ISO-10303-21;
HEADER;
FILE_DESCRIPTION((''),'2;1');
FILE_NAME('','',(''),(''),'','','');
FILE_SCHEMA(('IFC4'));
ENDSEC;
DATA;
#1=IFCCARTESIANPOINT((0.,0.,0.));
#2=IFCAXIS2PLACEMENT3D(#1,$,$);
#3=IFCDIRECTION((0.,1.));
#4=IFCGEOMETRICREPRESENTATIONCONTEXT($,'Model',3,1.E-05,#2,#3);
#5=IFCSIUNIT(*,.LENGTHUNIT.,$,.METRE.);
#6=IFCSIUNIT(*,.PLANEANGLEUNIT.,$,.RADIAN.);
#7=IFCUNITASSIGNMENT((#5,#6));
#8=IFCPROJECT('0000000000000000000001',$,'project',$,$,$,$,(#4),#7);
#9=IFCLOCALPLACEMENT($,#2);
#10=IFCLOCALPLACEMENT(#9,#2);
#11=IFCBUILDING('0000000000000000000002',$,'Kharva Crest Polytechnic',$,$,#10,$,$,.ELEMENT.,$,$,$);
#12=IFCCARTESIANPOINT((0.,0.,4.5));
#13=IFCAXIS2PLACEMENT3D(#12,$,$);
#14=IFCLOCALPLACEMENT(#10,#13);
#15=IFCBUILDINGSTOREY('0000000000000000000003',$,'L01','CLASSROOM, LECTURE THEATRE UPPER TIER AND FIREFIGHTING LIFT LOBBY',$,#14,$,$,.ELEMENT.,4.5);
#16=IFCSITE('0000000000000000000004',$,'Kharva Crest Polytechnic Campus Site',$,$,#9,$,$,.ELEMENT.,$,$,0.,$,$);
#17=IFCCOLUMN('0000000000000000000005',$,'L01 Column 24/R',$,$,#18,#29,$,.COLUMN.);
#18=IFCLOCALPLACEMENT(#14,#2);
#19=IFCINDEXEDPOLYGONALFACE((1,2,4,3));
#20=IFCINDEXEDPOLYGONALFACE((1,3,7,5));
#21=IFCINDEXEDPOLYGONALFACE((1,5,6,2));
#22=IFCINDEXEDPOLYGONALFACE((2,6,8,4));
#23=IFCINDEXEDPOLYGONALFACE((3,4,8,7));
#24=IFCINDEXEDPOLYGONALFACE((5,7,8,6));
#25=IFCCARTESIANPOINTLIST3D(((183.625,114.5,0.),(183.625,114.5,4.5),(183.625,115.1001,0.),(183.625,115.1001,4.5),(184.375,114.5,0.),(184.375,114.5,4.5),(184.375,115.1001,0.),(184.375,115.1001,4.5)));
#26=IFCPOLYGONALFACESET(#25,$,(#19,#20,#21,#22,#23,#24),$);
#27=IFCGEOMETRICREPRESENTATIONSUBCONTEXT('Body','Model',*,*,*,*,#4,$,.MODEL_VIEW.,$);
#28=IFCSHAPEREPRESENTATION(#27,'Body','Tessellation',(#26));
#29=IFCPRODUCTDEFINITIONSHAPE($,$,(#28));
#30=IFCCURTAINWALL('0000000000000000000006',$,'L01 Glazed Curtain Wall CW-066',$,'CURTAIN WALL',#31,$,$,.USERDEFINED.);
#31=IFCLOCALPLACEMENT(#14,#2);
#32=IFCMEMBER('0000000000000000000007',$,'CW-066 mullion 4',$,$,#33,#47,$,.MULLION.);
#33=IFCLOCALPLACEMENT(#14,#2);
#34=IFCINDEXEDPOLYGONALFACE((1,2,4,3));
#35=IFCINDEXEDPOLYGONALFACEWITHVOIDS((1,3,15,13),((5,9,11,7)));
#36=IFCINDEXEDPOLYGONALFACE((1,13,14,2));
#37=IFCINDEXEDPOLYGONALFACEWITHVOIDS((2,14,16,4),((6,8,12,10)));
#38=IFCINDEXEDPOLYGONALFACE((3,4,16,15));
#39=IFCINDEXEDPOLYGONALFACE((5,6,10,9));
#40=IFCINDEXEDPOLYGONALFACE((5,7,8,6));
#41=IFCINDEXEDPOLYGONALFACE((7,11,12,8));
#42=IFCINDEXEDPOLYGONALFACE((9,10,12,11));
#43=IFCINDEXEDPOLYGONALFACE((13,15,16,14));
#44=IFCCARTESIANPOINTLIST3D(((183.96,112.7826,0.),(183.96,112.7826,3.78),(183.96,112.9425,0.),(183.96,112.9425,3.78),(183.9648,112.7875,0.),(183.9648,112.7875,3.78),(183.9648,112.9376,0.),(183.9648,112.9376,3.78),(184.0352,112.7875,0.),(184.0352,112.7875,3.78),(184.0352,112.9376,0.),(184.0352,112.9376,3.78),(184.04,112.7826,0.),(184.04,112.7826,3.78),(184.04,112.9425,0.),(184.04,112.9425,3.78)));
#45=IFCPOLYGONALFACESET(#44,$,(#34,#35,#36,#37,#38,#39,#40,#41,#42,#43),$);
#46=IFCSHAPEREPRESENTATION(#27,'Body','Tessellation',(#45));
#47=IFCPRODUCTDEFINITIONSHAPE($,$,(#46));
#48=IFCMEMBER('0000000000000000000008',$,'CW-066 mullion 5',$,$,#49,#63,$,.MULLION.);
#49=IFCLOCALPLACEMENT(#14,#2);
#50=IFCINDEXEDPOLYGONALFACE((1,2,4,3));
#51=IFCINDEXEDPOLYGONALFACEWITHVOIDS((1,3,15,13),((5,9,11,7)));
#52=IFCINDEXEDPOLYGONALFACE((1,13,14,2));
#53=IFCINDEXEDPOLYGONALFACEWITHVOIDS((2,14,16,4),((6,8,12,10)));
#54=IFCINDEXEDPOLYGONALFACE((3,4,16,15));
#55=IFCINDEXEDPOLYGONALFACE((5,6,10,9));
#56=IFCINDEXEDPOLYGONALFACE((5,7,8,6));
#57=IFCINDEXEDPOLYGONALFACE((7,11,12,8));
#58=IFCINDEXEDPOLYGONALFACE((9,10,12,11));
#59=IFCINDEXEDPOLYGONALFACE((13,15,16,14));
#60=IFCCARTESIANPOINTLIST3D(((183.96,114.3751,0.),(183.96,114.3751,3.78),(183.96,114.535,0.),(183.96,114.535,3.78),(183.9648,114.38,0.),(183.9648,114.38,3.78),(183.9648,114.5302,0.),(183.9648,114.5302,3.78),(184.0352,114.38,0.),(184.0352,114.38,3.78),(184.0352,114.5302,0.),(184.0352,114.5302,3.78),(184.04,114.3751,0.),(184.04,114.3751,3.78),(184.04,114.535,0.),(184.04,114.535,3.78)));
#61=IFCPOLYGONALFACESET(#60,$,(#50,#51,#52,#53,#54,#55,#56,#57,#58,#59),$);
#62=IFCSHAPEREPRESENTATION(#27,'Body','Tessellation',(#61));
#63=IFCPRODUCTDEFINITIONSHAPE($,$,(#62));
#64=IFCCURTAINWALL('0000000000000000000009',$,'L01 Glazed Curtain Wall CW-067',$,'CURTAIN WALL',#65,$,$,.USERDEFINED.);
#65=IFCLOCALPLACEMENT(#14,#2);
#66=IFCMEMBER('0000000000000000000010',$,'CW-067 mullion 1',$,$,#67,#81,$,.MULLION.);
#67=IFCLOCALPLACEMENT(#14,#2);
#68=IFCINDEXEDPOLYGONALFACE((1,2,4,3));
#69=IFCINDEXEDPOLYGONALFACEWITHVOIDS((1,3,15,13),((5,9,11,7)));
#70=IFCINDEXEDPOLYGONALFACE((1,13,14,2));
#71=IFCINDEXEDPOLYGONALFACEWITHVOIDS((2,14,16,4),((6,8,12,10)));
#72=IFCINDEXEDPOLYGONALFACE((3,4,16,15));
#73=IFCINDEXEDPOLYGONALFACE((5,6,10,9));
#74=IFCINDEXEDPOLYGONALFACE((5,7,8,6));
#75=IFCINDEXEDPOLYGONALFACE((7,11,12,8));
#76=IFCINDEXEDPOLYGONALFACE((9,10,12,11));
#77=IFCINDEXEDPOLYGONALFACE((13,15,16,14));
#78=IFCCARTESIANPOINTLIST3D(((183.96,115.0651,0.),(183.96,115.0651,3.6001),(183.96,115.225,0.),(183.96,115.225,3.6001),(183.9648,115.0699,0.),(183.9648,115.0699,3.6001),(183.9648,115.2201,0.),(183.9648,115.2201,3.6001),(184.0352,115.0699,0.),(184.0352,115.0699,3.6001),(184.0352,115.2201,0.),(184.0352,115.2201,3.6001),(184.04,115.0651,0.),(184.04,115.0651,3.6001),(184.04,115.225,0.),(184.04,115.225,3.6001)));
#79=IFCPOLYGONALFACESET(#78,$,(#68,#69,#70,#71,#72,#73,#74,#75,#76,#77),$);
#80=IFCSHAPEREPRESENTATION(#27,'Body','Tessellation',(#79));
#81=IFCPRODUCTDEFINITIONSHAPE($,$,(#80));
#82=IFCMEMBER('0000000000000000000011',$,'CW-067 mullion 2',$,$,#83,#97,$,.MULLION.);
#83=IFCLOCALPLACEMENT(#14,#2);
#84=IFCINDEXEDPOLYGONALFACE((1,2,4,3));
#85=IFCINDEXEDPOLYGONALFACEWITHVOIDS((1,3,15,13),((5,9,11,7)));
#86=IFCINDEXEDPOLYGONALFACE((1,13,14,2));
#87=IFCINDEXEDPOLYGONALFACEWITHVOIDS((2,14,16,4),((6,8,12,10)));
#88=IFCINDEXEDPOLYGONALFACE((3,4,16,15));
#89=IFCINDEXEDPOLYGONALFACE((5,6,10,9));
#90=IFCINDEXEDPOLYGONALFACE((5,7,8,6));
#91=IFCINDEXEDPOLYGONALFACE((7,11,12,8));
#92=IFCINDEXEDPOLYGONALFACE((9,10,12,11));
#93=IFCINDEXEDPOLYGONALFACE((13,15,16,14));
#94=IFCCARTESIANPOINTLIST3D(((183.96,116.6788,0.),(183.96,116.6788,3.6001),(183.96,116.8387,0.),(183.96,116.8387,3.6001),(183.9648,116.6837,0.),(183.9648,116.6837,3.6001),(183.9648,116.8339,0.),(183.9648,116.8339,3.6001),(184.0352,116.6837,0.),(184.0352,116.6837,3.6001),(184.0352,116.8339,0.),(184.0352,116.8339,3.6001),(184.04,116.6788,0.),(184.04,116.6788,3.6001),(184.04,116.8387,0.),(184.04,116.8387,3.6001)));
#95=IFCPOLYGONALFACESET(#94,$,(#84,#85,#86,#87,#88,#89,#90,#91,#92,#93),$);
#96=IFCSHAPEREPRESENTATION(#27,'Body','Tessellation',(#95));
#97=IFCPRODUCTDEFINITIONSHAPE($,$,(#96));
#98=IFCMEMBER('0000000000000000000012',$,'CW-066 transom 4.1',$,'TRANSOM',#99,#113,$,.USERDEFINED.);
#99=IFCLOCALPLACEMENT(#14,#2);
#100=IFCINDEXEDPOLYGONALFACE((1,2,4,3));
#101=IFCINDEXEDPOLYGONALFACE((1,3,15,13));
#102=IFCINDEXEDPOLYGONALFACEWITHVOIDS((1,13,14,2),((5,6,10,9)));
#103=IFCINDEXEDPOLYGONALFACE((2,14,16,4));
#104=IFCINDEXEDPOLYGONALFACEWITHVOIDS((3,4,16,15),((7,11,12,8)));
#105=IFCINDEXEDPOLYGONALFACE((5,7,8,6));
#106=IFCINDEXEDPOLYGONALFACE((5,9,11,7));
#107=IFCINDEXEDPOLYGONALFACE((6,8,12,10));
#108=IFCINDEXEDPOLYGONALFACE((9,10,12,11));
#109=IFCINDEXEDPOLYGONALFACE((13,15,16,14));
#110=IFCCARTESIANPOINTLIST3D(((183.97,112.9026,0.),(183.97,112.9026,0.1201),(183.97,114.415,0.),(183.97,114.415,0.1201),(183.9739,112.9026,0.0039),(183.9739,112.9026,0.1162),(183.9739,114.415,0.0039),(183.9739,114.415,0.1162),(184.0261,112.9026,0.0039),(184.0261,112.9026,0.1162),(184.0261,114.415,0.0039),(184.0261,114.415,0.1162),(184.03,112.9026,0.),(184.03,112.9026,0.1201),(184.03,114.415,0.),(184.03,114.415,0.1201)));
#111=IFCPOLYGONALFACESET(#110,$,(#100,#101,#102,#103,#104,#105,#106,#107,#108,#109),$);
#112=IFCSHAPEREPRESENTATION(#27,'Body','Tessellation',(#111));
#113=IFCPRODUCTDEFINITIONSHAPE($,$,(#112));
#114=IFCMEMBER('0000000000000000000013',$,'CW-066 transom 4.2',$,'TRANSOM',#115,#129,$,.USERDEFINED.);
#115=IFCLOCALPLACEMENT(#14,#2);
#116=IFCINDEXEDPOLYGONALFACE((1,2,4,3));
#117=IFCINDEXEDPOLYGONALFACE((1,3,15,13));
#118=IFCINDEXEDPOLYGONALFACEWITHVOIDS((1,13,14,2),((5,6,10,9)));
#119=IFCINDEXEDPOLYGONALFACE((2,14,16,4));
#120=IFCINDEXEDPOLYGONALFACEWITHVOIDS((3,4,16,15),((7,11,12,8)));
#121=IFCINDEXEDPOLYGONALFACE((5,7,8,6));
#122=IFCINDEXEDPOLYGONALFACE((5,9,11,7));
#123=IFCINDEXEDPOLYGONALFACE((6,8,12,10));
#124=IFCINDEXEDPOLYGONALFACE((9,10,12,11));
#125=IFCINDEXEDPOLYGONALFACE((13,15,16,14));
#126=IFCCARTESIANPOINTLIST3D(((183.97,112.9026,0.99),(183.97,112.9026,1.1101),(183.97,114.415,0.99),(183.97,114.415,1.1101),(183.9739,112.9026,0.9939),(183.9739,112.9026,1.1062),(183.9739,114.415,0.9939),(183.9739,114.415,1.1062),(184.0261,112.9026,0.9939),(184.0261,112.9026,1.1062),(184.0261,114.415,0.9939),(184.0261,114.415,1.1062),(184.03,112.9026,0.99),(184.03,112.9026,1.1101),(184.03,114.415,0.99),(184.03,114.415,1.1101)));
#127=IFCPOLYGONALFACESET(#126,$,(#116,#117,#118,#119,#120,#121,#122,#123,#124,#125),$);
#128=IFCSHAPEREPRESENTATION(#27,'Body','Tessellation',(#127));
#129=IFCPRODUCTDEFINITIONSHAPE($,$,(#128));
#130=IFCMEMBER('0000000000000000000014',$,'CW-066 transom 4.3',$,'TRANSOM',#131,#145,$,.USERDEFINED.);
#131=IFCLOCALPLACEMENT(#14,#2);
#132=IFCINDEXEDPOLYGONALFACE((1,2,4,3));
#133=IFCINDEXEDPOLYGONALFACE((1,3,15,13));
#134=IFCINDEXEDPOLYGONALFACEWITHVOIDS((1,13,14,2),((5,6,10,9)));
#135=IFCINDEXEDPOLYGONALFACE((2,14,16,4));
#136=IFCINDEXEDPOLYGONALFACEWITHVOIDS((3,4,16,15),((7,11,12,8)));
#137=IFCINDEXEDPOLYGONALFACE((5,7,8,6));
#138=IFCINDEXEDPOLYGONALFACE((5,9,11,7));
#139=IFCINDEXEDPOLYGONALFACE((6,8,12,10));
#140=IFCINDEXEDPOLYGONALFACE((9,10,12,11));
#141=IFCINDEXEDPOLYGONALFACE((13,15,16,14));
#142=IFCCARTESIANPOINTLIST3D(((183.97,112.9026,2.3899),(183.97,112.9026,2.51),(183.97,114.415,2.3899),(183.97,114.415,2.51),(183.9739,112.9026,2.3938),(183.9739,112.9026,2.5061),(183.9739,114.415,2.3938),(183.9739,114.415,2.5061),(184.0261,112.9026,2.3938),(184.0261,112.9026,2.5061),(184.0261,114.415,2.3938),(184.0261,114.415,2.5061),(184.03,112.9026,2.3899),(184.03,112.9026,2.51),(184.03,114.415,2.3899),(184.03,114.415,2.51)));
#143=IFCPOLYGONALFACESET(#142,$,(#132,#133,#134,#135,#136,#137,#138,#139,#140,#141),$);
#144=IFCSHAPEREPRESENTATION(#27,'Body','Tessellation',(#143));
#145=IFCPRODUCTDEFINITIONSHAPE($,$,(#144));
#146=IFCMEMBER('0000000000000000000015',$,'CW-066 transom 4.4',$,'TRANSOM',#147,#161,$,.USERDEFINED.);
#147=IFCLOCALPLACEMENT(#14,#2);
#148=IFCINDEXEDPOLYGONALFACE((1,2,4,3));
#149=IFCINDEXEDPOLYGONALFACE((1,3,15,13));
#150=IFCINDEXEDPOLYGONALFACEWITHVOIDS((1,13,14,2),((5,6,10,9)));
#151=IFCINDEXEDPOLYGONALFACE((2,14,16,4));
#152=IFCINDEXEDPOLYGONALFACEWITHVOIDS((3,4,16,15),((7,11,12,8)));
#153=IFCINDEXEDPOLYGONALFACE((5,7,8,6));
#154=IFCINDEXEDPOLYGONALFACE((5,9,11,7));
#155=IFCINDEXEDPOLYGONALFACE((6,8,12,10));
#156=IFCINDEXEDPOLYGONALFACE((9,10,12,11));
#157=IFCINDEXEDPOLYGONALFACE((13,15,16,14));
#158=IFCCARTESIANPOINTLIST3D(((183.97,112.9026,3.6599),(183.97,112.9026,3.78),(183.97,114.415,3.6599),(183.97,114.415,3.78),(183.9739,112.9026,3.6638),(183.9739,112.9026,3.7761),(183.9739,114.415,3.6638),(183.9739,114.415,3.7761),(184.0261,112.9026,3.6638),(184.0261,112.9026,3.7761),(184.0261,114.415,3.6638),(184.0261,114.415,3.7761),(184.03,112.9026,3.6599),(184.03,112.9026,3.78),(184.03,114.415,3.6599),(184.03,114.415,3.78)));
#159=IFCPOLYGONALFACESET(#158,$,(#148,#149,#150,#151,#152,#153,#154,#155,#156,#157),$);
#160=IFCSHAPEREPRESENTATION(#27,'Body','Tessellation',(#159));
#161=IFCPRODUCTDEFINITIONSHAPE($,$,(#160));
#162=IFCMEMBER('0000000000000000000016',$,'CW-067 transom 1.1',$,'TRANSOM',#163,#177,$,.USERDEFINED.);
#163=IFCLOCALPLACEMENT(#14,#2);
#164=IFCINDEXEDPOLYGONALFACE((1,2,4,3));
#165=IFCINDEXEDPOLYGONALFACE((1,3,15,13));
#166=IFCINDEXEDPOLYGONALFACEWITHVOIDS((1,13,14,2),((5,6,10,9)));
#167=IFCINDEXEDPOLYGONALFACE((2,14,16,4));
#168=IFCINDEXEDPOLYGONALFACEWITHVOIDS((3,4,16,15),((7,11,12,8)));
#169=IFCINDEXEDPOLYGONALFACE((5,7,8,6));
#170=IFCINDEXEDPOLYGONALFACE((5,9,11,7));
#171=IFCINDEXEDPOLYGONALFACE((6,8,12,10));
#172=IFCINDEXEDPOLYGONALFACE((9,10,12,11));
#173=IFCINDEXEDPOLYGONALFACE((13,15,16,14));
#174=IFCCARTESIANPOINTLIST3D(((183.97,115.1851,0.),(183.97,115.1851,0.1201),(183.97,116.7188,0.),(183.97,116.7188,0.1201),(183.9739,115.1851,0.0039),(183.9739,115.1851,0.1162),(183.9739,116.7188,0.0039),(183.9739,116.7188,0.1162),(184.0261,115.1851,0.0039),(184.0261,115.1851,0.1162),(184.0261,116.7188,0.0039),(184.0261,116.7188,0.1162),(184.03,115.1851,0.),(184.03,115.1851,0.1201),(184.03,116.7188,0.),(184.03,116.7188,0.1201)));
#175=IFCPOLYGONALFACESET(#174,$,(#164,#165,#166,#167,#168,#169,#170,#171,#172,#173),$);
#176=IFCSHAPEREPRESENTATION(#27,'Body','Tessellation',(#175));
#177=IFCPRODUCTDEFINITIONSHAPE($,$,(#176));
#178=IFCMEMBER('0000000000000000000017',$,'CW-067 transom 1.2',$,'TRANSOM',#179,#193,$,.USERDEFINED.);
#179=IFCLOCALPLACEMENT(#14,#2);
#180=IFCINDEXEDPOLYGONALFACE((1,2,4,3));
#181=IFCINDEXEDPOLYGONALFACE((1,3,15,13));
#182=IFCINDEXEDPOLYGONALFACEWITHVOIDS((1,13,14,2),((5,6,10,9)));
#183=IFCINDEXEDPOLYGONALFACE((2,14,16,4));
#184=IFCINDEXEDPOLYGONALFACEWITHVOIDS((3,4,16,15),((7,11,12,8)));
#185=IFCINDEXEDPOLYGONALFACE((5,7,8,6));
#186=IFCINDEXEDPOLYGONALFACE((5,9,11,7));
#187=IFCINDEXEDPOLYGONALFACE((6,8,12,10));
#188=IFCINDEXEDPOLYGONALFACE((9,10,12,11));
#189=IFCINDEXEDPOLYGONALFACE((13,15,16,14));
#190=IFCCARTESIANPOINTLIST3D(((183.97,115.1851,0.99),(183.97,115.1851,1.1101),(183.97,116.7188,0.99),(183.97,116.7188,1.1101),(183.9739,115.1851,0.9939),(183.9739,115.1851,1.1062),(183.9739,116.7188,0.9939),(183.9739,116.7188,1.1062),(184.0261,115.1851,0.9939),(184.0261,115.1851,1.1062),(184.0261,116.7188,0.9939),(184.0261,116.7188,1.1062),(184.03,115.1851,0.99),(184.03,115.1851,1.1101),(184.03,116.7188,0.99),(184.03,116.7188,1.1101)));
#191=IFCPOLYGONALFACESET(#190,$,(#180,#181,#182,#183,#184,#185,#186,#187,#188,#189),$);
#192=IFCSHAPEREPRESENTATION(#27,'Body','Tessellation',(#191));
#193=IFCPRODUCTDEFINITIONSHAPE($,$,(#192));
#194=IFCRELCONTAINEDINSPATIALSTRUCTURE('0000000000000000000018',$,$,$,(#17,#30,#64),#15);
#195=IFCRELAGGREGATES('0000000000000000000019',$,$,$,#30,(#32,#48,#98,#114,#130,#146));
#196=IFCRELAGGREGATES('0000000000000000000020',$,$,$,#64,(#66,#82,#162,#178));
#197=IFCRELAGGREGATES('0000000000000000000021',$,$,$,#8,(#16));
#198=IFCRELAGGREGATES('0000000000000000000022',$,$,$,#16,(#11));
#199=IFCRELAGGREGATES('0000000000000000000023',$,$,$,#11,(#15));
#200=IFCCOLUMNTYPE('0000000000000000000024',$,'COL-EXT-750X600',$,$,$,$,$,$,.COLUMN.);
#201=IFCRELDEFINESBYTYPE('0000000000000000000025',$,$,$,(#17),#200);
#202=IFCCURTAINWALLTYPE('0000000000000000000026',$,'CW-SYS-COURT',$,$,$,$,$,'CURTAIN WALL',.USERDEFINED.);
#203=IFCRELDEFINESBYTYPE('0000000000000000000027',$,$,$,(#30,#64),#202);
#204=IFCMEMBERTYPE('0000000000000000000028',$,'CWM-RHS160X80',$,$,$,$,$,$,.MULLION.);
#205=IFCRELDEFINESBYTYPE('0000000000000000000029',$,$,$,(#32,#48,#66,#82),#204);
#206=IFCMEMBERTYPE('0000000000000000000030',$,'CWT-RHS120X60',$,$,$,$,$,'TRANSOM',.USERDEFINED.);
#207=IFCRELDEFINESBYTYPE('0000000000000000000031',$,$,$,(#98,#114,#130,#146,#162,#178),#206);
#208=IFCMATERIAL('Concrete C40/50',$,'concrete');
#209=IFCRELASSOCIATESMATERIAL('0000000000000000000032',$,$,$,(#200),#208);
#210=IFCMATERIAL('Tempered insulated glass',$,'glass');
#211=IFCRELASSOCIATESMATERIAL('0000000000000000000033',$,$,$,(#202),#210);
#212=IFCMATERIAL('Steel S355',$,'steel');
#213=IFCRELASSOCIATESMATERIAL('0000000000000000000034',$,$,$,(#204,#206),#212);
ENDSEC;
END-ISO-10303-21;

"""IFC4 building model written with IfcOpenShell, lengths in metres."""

from ifc_helpers import new_model, si_unit, direction, frame, origin, origin_2d, place, context, subcontext, project, spatial, rectangle, hollow_rectangle, extrude, material, material_profile, profile_set, type_object, element, aggregate, save


model = new_model("IFC4")

# Units and contexts
model_context = context("Model", 3, precision=1e-05, world=origin(), true_north=direction((0.0, 1.0)))
body_context = subcontext(model_context, "Body", "Model", "MODEL_VIEW")
ifc_project = project(units=[si_unit("LENGTHUNIT", "METRE"), si_unit("PLANEANGLEUNIT", "RADIAN")], contexts=[model_context])

# Site, building, storey
site_placement = place(None, origin())
site = spatial("IfcSite", under=ifc_project, at=site_placement, Name="Kharva Crest Polytechnic Campus Site", CompositionType="ELEMENT", RefElevation=0.0)
building_placement = place(site_placement, origin())
building = spatial("IfcBuilding", under=site, at=building_placement, Name="Kharva Crest Polytechnic", CompositionType="ELEMENT")
storey_placement = place(building_placement, frame((0.0, 0.0, 4.5)))
storey = spatial("IfcBuildingStorey", under=building, at=storey_placement, Name="L01", Description="CLASSROOM, LECTURE THEATRE UPPER TIER AND FIREFIGHTING LIFT LOBBY", CompositionType="ELEMENT", Elevation=4.5)

# Column
ifc_material_1 = material(Name="Concrete C40/50", Category="concrete")
ifc_material_profile_1 = material_profile(ifc_material_1, rectangle(XDim=0.75, YDim=0.6001, at=origin_2d()), Name="RECT 750 X 600")
ifc_profile_set_1 = profile_set([ifc_material_profile_1], Name="Concrete C40/50")
column_type = type_object("IfcColumnType", Name="COL-EXT-750X600", PredefinedType="COLUMN", material=ifc_profile_set_1)
column_placement = place(storey_placement, frame((184.0, 114.8, 0.0), z_axis=(0.0, 0.0, 1.0), x_axis=(1.0, 0.0, 0.0)))
element("IfcColumn", 1, at=column_placement, inside=storey, type_object=column_type, Name="L01 Column 24/R", PredefinedType="COLUMN", context=body_context, shape_type="SweptSolid", body=[
    extrude(rectangle(XDim=0.75, YDim=0.6001, at=origin_2d()), origin(), (0.0, 0.0, 1.0), 4.5),
])

# Curtain walls, members
ifc_material_2 = material(Name="Tempered insulated glass", Category="glass")
curtain_wall_type = type_object("IfcCurtainWallType", Name="CW-SYS-COURT", ElementType="CURTAIN WALL", PredefinedType="USERDEFINED", material=ifc_material_2)
curtain_wall_1_placement = place(storey_placement, origin())
curtain_wall_1 = element("IfcCurtainWall", 2, at=curtain_wall_1_placement, inside=storey, type_object=curtain_wall_type, Name="L01 Glazed Curtain Wall CW-066", ObjectType="CURTAIN WALL", PredefinedType="USERDEFINED")
ifc_material_3 = material(Name="Steel S355", Category="steel")
ifc_material_profile_2 = material_profile(ifc_material_3, hollow_rectangle(XDim=0.0801, YDim=0.1599, WallThickness=0.0049, at=origin_2d()), Name="RHS 160X80X5.0")
ifc_profile_set_2 = profile_set([ifc_material_profile_2], Name="Steel S355")
member_type_1 = type_object("IfcMemberType", Name="CWM-RHS160X80", PredefinedType="MULLION", material=ifc_profile_set_2)
member_1_placement = place(storey_placement, frame((184.0, 112.8625, 0.0), z_axis=(0.0, 0.0, 1.0), x_axis=(-1.0, 0.0, 0.0)))
member_1 = element("IfcMember", 3, at=member_1_placement, type_object=member_type_1, Name="CW-066 mullion 4", PredefinedType="MULLION", context=body_context, shape_type="SweptSolid", body=[
    extrude(hollow_rectangle(XDim=0.0801, YDim=0.1599, WallThickness=0.0049, at=origin_2d()), origin(), (0.0, 0.0, 1.0), 3.78),
])
member_2_placement = place(storey_placement, frame((184.0, 114.4551, 0.0), z_axis=(0.0, 0.0, 1.0), x_axis=(-1.0, 0.0, 0.0)))
member_2 = element("IfcMember", 4, at=member_2_placement, type_object=member_type_1, Name="CW-066 mullion 5", PredefinedType="MULLION", context=body_context, shape_type="SweptSolid", body=[
    extrude(hollow_rectangle(XDim=0.0801, YDim=0.1599, WallThickness=0.0049, at=origin_2d()), origin(), (0.0, 0.0, 1.0), 3.78),
])
curtain_wall_2_placement = place(storey_placement, origin())
curtain_wall_2 = element("IfcCurtainWall", 5, at=curtain_wall_2_placement, inside=storey, type_object=curtain_wall_type, Name="L01 Glazed Curtain Wall CW-067", ObjectType="CURTAIN WALL", PredefinedType="USERDEFINED")
member_3_placement = place(storey_placement, frame((184.0, 115.145, 0.0), z_axis=(0.0, 0.0, 1.0), x_axis=(-1.0, 0.0, 0.0)))
member_3 = element("IfcMember", 6, at=member_3_placement, type_object=member_type_1, Name="CW-067 mullion 1", PredefinedType="MULLION", context=body_context, shape_type="SweptSolid", body=[
    extrude(hollow_rectangle(XDim=0.0801, YDim=0.1599, WallThickness=0.0049, at=origin_2d()), origin(), (0.0, 0.0, 1.0), 3.6001),
])
member_4_placement = place(storey_placement, frame((184.0, 116.7588, 0.0), z_axis=(0.0, 0.0, 1.0), x_axis=(-1.0, 0.0, 0.0)))
member_4 = element("IfcMember", 7, at=member_4_placement, type_object=member_type_1, Name="CW-067 mullion 2", PredefinedType="MULLION", context=body_context, shape_type="SweptSolid", body=[
    extrude(hollow_rectangle(XDim=0.0801, YDim=0.1599, WallThickness=0.0049, at=origin_2d()), origin(), (0.0, 0.0, 1.0), 3.6001),
])

# Members
ifc_material_profile_3 = material_profile(ifc_material_3, hollow_rectangle(XDim=0.0601, YDim=0.1201, WallThickness=0.0039, at=origin_2d()), Name="RHS 120X60X4.0")
ifc_profile_set_3 = profile_set([ifc_material_profile_3], Name="Steel S355")
member_type_2 = type_object("IfcMemberType", Name="CWT-RHS120X60", ElementType="TRANSOM", PredefinedType="USERDEFINED", material=ifc_profile_set_3)
member_5_placement = place(storey_placement, frame((184.0, 112.9026, 0.0601), z_axis=(0.0, 1.0, 0.0), x_axis=(-1.0, 0.0, 0.0)))
member_5 = element("IfcMember", 8, at=member_5_placement, type_object=member_type_2, Name="CW-066 transom 4.1", ObjectType="TRANSOM", PredefinedType="USERDEFINED", context=body_context, shape_type="SweptSolid", body=[
    extrude(hollow_rectangle(XDim=0.0601, YDim=0.1201, WallThickness=0.0039, at=origin_2d()), origin(), (0.0, 0.0, 1.0), 1.5125),
])
member_6_placement = place(storey_placement, frame((184.0, 112.9026, 1.05), z_axis=(0.0, 1.0, 0.0), x_axis=(-1.0, 0.0, 0.0)))
member_6 = element("IfcMember", 9, at=member_6_placement, type_object=member_type_2, Name="CW-066 transom 4.2", ObjectType="TRANSOM", PredefinedType="USERDEFINED", context=body_context, shape_type="SweptSolid", body=[
    extrude(hollow_rectangle(XDim=0.0601, YDim=0.1201, WallThickness=0.0039, at=origin_2d()), origin(), (0.0, 0.0, 1.0), 1.5125),
])
member_7_placement = place(storey_placement, frame((184.0, 112.9026, 2.45), z_axis=(0.0, 1.0, 0.0), x_axis=(-1.0, 0.0, 0.0)))
member_7 = element("IfcMember", 10, at=member_7_placement, type_object=member_type_2, Name="CW-066 transom 4.3", ObjectType="TRANSOM", PredefinedType="USERDEFINED", context=body_context, shape_type="SweptSolid", body=[
    extrude(hollow_rectangle(XDim=0.0601, YDim=0.1201, WallThickness=0.0039, at=origin_2d()), origin(), (0.0, 0.0, 1.0), 1.5125),
])
member_8_placement = place(storey_placement, frame((184.0, 112.9026, 3.72), z_axis=(0.0, 1.0, 0.0), x_axis=(-1.0, 0.0, 0.0)))
member_8 = element("IfcMember", 11, at=member_8_placement, type_object=member_type_2, Name="CW-066 transom 4.4", ObjectType="TRANSOM", PredefinedType="USERDEFINED", context=body_context, shape_type="SweptSolid", body=[
    extrude(hollow_rectangle(XDim=0.0601, YDim=0.1201, WallThickness=0.0039, at=origin_2d()), origin(), (0.0, 0.0, 1.0), 1.5125),
])
member_9_placement = place(storey_placement, frame((184.0, 115.1851, 0.0601), z_axis=(0.0, 1.0, 0.0), x_axis=(-1.0, 0.0, 0.0)))
member_9 = element("IfcMember", 12, at=member_9_placement, type_object=member_type_2, Name="CW-067 transom 1.1", ObjectType="TRANSOM", PredefinedType="USERDEFINED", context=body_context, shape_type="SweptSolid", body=[
    extrude(hollow_rectangle(XDim=0.0601, YDim=0.1201, WallThickness=0.0039, at=origin_2d()), origin(), (0.0, 0.0, 1.0), 1.5337),
])
member_10_placement = place(storey_placement, frame((184.0, 115.1851, 1.05), z_axis=(0.0, 1.0, 0.0), x_axis=(-1.0, 0.0, 0.0)))
member_10 = element("IfcMember", 13, at=member_10_placement, type_object=member_type_2, Name="CW-067 transom 1.2", ObjectType="TRANSOM", PredefinedType="USERDEFINED", context=body_context, shape_type="SweptSolid", body=[
    extrude(hollow_rectangle(XDim=0.0601, YDim=0.1201, WallThickness=0.0039, at=origin_2d()), origin(), (0.0, 0.0, 1.0), 1.5337),
])

aggregate(curtain_wall_1, [member_1, member_2, member_5, member_6, member_7, member_8])
aggregate(curtain_wall_2, [member_3, member_4, member_9, member_10])

save(model, "model.ifc")
